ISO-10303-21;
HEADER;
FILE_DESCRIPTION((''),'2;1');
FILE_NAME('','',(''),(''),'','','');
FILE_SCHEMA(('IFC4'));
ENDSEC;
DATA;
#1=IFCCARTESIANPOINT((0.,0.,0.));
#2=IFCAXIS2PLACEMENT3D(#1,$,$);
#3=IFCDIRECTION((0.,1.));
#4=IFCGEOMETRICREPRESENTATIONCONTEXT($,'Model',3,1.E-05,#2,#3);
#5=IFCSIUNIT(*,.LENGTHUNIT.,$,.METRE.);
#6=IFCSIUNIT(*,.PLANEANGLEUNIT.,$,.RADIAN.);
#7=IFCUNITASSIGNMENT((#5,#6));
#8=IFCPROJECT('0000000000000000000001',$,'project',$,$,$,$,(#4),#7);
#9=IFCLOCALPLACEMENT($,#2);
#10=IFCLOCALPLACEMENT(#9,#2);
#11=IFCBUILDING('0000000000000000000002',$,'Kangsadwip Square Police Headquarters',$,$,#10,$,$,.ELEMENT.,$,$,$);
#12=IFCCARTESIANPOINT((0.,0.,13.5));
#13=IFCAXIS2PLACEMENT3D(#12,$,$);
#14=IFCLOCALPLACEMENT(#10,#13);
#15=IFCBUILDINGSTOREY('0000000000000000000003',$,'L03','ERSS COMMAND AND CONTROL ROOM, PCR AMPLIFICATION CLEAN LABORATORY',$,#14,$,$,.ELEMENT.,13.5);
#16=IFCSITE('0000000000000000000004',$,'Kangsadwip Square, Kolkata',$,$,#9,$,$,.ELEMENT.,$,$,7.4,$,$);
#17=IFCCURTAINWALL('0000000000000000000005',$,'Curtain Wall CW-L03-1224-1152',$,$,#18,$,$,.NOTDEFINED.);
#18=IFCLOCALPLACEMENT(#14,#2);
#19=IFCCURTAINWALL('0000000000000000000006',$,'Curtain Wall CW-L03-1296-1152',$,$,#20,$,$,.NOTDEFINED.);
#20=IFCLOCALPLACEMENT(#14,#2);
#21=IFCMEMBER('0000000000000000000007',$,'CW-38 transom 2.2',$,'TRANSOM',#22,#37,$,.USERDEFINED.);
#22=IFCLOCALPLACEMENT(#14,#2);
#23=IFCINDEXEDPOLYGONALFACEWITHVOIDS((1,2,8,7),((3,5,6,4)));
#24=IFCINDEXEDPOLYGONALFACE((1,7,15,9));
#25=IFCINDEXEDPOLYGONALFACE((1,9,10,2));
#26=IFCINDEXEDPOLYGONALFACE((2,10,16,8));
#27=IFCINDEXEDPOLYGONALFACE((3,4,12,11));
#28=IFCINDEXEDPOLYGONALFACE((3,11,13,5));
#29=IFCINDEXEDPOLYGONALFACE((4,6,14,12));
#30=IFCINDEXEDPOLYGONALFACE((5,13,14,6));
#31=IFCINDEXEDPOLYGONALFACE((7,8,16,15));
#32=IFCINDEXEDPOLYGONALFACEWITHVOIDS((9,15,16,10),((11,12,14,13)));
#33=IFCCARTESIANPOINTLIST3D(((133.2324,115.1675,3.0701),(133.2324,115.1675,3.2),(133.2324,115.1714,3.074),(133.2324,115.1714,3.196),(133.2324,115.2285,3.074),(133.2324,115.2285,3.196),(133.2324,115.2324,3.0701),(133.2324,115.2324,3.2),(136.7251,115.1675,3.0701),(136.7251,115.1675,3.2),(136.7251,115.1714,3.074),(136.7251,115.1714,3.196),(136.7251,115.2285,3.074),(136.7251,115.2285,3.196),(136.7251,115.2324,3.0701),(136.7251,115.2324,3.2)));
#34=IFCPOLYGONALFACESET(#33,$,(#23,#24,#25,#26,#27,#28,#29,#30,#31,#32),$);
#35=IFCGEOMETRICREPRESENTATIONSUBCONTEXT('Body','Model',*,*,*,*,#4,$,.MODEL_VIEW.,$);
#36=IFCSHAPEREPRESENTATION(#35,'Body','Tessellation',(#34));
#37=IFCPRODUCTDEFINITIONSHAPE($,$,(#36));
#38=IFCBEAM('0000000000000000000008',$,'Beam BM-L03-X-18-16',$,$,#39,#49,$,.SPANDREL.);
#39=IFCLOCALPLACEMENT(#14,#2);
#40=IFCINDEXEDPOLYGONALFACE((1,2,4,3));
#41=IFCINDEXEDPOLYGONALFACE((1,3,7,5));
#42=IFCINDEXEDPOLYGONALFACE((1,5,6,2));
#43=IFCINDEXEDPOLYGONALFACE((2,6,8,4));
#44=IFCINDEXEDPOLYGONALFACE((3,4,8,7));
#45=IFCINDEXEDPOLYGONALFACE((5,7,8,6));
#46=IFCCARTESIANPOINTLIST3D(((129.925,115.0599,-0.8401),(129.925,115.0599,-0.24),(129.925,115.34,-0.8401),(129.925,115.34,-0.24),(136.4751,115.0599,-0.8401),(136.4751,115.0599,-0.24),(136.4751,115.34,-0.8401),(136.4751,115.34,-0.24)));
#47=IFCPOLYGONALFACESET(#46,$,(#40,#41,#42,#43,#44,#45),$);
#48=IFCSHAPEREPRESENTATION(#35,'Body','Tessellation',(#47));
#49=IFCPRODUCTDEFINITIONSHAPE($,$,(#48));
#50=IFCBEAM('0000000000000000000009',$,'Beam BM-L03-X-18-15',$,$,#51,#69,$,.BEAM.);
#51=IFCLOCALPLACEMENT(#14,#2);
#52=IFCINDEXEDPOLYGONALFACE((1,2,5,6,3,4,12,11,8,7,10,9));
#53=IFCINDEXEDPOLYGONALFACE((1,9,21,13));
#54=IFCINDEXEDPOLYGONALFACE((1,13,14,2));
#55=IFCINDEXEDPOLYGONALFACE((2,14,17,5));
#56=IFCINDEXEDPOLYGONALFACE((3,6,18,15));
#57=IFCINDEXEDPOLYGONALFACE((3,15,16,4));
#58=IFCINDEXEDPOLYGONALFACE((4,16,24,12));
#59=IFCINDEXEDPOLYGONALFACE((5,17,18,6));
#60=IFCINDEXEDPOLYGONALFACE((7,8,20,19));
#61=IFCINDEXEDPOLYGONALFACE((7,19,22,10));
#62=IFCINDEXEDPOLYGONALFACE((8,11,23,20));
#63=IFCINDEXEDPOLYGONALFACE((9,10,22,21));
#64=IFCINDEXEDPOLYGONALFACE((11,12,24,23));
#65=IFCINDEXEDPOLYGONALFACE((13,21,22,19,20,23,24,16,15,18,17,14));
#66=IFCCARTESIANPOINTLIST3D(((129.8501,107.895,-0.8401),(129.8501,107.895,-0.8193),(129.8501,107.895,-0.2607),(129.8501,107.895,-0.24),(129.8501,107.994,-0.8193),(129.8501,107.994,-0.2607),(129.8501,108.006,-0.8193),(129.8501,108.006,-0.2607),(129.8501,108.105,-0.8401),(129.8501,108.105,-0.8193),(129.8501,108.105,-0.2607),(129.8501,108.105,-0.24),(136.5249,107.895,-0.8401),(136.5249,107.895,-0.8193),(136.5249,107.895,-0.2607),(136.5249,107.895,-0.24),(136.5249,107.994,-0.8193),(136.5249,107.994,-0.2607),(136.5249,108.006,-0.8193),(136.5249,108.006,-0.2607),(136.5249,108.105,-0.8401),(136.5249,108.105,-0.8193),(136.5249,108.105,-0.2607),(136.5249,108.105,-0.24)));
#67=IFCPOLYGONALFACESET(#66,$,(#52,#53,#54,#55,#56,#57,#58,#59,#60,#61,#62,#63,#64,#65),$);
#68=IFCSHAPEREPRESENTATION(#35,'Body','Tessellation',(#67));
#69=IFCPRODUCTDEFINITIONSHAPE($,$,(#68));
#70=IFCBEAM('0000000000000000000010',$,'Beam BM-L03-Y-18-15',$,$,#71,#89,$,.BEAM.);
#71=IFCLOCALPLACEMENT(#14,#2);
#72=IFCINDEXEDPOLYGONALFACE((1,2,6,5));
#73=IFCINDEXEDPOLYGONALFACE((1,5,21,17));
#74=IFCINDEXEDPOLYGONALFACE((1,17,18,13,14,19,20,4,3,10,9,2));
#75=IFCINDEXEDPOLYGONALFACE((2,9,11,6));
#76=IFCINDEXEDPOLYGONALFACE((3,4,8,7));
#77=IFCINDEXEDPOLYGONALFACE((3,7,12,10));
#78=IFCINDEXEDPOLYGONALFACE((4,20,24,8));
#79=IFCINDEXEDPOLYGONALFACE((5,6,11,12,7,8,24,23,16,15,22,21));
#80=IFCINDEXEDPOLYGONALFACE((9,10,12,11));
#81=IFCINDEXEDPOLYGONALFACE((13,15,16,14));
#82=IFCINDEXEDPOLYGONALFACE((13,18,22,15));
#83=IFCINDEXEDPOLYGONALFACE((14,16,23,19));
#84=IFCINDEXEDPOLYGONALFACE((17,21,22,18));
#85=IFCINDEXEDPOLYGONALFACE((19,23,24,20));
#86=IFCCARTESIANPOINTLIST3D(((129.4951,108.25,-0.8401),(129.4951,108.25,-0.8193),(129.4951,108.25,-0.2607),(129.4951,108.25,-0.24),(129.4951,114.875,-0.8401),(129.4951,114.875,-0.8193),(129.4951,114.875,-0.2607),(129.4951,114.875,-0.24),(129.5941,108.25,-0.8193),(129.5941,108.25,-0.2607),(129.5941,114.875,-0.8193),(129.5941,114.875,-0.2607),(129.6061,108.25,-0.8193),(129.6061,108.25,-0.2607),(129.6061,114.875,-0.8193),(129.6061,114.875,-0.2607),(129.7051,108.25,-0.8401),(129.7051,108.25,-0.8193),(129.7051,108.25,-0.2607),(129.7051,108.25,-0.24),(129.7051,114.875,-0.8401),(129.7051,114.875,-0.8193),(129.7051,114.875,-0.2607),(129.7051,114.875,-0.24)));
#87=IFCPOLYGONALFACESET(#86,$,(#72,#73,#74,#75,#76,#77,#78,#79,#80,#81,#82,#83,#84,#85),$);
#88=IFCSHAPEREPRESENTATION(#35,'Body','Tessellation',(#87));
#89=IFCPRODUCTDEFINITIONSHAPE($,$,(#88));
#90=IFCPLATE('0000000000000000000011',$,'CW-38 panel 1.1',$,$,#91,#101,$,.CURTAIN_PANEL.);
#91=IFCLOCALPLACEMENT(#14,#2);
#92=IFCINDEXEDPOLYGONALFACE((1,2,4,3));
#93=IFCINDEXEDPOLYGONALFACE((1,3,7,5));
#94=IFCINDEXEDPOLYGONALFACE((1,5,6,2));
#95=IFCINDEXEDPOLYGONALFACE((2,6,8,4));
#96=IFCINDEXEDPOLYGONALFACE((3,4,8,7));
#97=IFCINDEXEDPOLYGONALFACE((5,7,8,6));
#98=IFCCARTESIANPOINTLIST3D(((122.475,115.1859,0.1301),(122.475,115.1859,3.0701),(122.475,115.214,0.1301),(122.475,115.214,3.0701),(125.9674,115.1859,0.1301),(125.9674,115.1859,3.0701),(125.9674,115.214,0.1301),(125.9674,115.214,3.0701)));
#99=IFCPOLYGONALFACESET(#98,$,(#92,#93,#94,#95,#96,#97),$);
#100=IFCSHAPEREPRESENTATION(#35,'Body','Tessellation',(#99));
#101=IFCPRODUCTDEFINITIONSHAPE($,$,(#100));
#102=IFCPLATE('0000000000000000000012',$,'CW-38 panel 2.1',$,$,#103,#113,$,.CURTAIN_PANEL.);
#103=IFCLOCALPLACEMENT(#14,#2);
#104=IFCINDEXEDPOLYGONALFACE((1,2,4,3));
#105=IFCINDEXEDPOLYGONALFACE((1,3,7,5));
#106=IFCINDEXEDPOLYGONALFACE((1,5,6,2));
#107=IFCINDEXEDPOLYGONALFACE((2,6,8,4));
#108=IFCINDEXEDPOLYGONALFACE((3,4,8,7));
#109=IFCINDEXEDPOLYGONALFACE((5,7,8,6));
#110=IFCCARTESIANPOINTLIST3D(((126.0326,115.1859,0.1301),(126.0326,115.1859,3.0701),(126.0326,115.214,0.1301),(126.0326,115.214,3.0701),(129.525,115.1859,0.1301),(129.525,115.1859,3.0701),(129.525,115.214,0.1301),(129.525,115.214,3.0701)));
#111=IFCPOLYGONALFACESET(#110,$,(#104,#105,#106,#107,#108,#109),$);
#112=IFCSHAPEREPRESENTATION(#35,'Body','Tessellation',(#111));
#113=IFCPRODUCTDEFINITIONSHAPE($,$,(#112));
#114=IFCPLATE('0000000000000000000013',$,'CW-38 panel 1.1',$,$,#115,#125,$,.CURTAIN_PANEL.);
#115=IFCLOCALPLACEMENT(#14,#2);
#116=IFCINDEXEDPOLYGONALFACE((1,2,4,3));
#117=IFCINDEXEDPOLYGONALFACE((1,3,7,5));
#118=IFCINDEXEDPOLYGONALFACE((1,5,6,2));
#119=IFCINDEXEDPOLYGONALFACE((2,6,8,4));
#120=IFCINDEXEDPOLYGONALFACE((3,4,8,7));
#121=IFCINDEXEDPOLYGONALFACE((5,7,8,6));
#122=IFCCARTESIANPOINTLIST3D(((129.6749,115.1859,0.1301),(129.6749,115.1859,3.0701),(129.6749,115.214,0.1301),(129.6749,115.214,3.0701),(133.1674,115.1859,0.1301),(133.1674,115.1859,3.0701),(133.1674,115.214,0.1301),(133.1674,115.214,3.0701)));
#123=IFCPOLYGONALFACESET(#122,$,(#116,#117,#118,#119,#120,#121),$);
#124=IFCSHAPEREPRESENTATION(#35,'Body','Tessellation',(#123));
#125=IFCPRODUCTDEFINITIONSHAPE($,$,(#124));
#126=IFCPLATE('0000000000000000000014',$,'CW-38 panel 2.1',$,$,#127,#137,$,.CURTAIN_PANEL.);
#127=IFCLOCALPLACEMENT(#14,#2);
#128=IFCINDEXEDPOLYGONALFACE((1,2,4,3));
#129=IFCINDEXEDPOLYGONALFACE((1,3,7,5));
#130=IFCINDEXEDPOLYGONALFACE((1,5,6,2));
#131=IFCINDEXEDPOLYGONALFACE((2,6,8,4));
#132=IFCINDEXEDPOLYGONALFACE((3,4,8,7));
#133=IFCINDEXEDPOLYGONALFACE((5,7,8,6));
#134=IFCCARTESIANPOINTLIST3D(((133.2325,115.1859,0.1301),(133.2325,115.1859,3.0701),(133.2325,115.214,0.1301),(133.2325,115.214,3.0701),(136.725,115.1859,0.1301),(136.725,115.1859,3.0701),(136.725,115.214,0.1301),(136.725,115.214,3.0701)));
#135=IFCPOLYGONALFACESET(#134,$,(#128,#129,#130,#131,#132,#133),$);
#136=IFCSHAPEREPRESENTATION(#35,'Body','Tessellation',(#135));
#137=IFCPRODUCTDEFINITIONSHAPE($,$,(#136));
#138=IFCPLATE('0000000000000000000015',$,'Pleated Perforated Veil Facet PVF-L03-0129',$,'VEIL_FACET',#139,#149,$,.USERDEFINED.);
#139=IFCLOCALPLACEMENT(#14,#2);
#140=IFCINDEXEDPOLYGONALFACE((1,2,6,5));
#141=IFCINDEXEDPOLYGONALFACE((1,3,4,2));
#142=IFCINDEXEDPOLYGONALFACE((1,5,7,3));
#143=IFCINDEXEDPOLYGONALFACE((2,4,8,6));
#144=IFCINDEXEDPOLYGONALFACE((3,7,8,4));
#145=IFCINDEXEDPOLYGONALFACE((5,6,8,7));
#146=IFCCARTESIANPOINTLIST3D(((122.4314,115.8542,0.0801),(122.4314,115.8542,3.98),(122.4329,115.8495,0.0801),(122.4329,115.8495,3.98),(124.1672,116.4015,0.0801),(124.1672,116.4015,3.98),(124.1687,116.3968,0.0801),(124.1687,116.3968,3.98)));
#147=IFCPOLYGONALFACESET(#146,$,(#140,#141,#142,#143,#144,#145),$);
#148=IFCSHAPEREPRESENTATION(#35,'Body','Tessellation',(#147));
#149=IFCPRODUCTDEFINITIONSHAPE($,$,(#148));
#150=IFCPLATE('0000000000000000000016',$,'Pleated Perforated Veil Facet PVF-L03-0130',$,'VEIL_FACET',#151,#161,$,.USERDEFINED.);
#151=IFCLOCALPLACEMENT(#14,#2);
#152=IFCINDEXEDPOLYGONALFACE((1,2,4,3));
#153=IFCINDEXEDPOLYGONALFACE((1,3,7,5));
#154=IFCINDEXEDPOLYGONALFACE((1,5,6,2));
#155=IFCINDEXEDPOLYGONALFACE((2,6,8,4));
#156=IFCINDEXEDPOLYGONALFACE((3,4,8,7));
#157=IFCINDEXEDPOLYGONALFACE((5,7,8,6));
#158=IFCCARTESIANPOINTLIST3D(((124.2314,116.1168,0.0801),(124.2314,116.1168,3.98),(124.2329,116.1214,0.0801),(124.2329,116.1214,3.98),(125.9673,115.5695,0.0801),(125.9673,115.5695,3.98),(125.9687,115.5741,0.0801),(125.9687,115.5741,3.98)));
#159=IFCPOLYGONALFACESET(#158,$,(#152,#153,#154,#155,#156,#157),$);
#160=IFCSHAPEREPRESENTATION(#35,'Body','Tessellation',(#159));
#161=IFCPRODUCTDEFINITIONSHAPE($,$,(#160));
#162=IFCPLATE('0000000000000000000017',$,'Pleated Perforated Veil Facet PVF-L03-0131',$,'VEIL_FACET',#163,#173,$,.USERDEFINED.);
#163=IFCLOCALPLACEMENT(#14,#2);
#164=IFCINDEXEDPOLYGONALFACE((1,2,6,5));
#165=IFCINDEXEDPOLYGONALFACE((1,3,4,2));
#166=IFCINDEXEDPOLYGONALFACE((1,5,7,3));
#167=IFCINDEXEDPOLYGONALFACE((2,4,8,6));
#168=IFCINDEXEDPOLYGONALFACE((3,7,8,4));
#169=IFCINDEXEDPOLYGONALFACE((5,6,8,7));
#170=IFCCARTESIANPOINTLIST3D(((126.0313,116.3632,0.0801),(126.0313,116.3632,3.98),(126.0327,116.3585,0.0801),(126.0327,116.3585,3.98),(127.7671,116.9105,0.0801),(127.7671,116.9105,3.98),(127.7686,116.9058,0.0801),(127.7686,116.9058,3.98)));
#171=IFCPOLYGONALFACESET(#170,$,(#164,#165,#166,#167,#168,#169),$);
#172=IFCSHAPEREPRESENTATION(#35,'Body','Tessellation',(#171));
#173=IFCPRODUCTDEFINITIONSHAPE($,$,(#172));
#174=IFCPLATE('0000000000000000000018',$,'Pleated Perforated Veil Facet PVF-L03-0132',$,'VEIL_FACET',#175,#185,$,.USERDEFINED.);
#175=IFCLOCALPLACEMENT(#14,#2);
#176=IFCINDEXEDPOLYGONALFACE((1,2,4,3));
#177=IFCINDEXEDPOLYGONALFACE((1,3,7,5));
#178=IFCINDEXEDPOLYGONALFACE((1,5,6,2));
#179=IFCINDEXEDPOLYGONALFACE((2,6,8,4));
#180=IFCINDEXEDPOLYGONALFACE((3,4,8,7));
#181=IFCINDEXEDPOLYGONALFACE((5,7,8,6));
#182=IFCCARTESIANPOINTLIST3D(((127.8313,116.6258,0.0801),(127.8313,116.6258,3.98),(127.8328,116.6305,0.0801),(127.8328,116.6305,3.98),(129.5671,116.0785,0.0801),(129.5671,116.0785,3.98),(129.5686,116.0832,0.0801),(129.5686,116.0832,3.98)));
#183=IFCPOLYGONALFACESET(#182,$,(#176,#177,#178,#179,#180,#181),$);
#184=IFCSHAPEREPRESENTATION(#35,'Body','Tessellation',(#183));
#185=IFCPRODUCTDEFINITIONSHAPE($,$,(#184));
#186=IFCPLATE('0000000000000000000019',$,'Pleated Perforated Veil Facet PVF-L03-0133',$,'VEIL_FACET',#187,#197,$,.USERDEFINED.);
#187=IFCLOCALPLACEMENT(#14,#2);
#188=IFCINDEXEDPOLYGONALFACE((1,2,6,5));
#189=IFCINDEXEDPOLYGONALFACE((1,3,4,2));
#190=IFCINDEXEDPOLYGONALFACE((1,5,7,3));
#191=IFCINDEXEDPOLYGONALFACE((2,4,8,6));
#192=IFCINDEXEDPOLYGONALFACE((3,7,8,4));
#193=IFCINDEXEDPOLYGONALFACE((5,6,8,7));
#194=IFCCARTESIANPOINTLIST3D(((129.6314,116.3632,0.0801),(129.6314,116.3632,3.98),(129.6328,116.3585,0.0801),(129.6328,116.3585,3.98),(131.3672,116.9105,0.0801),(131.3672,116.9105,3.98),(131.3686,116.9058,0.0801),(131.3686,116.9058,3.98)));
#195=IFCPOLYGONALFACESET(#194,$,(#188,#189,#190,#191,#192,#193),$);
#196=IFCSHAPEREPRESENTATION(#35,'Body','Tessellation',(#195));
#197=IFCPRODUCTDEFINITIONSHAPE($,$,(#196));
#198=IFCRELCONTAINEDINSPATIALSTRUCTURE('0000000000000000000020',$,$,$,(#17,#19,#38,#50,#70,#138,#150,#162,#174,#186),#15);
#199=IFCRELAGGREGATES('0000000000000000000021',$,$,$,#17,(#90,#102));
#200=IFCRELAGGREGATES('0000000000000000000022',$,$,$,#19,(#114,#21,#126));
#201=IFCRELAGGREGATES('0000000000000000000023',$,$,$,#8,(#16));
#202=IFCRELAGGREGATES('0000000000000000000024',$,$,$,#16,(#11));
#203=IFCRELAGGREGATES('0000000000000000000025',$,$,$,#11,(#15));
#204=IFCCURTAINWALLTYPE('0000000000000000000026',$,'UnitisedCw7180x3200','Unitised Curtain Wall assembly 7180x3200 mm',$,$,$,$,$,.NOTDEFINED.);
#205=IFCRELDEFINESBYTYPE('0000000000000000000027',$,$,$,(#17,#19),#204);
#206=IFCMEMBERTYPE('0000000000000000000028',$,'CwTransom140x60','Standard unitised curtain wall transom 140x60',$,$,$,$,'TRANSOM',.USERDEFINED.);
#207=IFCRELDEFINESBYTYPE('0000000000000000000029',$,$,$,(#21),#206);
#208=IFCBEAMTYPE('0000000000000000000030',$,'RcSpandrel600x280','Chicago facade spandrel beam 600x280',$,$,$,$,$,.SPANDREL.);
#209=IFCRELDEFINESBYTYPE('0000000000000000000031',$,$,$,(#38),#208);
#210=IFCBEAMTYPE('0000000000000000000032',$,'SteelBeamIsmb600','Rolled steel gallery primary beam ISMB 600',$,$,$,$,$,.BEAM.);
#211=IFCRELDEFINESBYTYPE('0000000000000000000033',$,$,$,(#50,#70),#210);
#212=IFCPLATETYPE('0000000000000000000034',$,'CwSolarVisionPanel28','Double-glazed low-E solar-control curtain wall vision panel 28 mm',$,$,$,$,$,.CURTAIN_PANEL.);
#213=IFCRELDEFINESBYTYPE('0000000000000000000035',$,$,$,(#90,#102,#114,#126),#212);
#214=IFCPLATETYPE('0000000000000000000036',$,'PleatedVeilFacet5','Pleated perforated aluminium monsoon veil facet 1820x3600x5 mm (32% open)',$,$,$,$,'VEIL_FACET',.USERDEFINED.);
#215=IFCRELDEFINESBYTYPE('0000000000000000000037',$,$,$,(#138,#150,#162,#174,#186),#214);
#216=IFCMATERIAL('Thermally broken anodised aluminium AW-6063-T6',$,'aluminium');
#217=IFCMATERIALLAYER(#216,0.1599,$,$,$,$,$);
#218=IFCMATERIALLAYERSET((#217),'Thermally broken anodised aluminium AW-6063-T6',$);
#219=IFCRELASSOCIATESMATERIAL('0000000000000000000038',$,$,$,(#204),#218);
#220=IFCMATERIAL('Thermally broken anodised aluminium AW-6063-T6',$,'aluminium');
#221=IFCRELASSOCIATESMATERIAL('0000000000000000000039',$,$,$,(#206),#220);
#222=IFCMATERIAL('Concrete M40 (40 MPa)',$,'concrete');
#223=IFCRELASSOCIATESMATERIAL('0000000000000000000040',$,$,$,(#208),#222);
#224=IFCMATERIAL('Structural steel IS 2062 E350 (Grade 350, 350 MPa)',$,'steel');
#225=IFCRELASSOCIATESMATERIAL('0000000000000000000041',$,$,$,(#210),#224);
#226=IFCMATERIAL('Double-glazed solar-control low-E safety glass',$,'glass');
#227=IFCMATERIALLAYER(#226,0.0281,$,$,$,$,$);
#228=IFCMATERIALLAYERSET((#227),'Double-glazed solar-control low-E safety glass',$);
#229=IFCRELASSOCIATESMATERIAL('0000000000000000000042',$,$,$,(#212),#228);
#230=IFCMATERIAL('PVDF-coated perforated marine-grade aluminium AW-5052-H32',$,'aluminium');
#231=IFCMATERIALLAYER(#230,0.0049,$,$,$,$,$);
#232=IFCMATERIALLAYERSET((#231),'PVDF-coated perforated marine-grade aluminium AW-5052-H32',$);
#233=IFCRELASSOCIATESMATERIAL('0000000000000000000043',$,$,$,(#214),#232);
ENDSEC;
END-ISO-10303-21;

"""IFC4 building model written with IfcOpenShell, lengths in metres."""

from ifc_helpers import new_model, si_unit, direction, frame, origin, origin_2d, place, context, subcontext, project, spatial, rectangle, hollow_rectangle, i_section, extrude, material, layer, layer_set, material_profile, profile_set, type_object, element, aggregate, save


model = new_model("IFC4")

# Units and contexts
model_context = context("Model", 3, precision=1e-05, world=origin(), true_north=direction((0.0, 1.0)))
body_context = subcontext(model_context, "Body", "Model", "MODEL_VIEW")
ifc_project = project(units=[si_unit("LENGTHUNIT", "METRE"), si_unit("PLANEANGLEUNIT", "RADIAN")], contexts=[model_context])

# Site, building, storey
site_placement = place(None, origin())
site = spatial("IfcSite", under=ifc_project, at=site_placement, Name="Kangsadwip Square, Kolkata", CompositionType="ELEMENT", RefElevation=7.4)
building_placement = place(site_placement, origin())
building = spatial("IfcBuilding", under=site, at=building_placement, Name="Kangsadwip Square Police Headquarters", CompositionType="ELEMENT")
storey_placement = place(building_placement, frame((0.0, 0.0, 13.5)))
storey = spatial("IfcBuildingStorey", under=building, at=storey_placement, Name="L03", Description="ERSS COMMAND AND CONTROL ROOM, PCR AMPLIFICATION CLEAN LABORATORY", CompositionType="ELEMENT", Elevation=13.5)

# Curtain walls
ifc_material_1 = material(Name="Thermally broken anodised aluminium AW-6063-T6", Category="aluminium")
ifc_layer_1 = layer(ifc_material_1, 0.1599)
ifc_layer_set_1 = layer_set([ifc_layer_1], Name="Thermally broken anodised aluminium AW-6063-T6")
curtain_wall_type = type_object("IfcCurtainWallType", Name="UnitisedCw7180x3200", Description="Unitised Curtain Wall assembly 7180x3200 mm", PredefinedType="NOTDEFINED", material=ifc_layer_set_1)
curtain_wall_1_placement = place(storey_placement, origin())
curtain_wall_1 = element("IfcCurtainWall", 1, at=curtain_wall_1_placement, inside=storey, type_object=curtain_wall_type, Name="Curtain Wall CW-L03-1224-1152", PredefinedType="NOTDEFINED")
curtain_wall_2_placement = place(storey_placement, origin())
curtain_wall_2 = element("IfcCurtainWall", 2, at=curtain_wall_2_placement, inside=storey, type_object=curtain_wall_type, Name="Curtain Wall CW-L03-1296-1152", PredefinedType="NOTDEFINED")

# Member
ifc_material_2 = material(Name="Thermally broken anodised aluminium AW-6063-T6", Category="aluminium")
ifc_material_profile_1 = material_profile(ifc_material_2, hollow_rectangle(XDim=0.0649, YDim=0.1299, WallThickness=0.0039, at=origin_2d()), Name="CWT 130X65X4")
ifc_profile_set_1 = profile_set([ifc_material_profile_1], Name="Thermally broken anodised aluminium AW-6063-T6")
member_type_1 = type_object("IfcMemberType", Name="CwTransom140x60", Description="Standard unitised curtain wall transom 140x60", ElementType="TRANSOM", PredefinedType="USERDEFINED", material=ifc_profile_set_1)
member_1_placement = place(storey_placement, frame((133.2324, 115.2, 3.135), z_axis=(1.0, 0.0, 0.0), x_axis=(0.0, 1.0, 0.0)))
member_1 = element("IfcMember", 3, at=member_1_placement, type_object=member_type_1, Name="CW-38 transom 2.2", ObjectType="TRANSOM", PredefinedType="USERDEFINED", context=body_context, shape_type="SweptSolid", body=[
    extrude(hollow_rectangle(XDim=0.0649, YDim=0.1299, WallThickness=0.0039, at=origin_2d()), origin(), (0.0, 0.0, 1.0), 3.4927),
])

# Beams
ifc_material_3 = material(Name="Concrete M40 (40 MPa)", Category="concrete")
ifc_material_profile_2 = material_profile(ifc_material_3, rectangle(XDim=0.28, YDim=0.6001, at=origin_2d()), Name="RC SPN 600X280")
ifc_profile_set_2 = profile_set([ifc_material_profile_2], Name="Concrete M40 (40 MPa)")
beam_type_1 = type_object("IfcBeamType", Name="RcSpandrel600x280", Description="Chicago facade spandrel beam 600x280", PredefinedType="SPANDREL", material=ifc_profile_set_2)
beam_1_placement = place(storey_placement, frame((129.925, 115.2, -0.54), z_axis=(1.0, 0.0, 0.0), x_axis=(0.0, 1.0, 0.0)))
element("IfcBeam", 4, at=beam_1_placement, inside=storey, type_object=beam_type_1, Name="Beam BM-L03-X-18-16", PredefinedType="SPANDREL", context=body_context, shape_type="SweptSolid", body=[
    extrude(rectangle(XDim=0.28, YDim=0.6001, at=origin_2d()), origin(), (0.0, 0.0, 1.0), 6.55),
])
ifc_material_4 = material(Name="Structural steel IS 2062 E350 (Grade 350, 350 MPa)", Category="steel")
ifc_material_profile_3 = material_profile(ifc_material_4, i_section(OverallWidth=0.21, OverallDepth=0.6001, WebThickness=0.012, FlangeThickness=0.0208, at=origin_2d()), Name="ISMB 600")
ifc_profile_set_3 = profile_set([ifc_material_profile_3], Name="Structural steel IS 2062 E350 (Grade 350, 350 MPa)")
beam_type_2 = type_object("IfcBeamType", Name="SteelBeamIsmb600", Description="Rolled steel gallery primary beam ISMB 600", PredefinedType="BEAM", material=ifc_profile_set_3)
beam_2_placement = place(storey_placement, frame((129.8501, 108.0, -0.54), z_axis=(1.0, 0.0, 0.0), x_axis=(0.0, 1.0, 0.0)))
element("IfcBeam", 5, at=beam_2_placement, inside=storey, type_object=beam_type_2, Name="Beam BM-L03-X-18-15", PredefinedType="BEAM", context=body_context, shape_type="SweptSolid", body=[
    extrude(i_section(OverallWidth=0.21, OverallDepth=0.6001, WebThickness=0.012, FlangeThickness=0.0208, at=origin_2d()), origin(), (0.0, 0.0, 1.0), 6.6748),
])
beam_3_placement = place(storey_placement, frame((129.6001, 108.25, -0.54), z_axis=(0.0, 1.0, 0.0), x_axis=(-1.0, 0.0, 0.0)))
element("IfcBeam", 6, at=beam_3_placement, inside=storey, type_object=beam_type_2, Name="Beam BM-L03-Y-18-15", PredefinedType="BEAM", context=body_context, shape_type="SweptSolid", body=[
    extrude(i_section(OverallWidth=0.21, OverallDepth=0.6001, WebThickness=0.012, FlangeThickness=0.0208, at=origin_2d()), origin(), (0.0, 0.0, 1.0), 6.625),
])

# Plates
ifc_material_5 = material(Name="Double-glazed solar-control low-E safety glass", Category="glass")
ifc_layer_2 = layer(ifc_material_5, 0.0281)
ifc_layer_set_2 = layer_set([ifc_layer_2], Name="Double-glazed solar-control low-E safety glass")
plate_type_1 = type_object("IfcPlateType", Name="CwSolarVisionPanel28", Description="Double-glazed low-E solar-control curtain wall vision panel 28 mm", PredefinedType="CURTAIN_PANEL", material=ifc_layer_set_2)
plate_1_placement = place(storey_placement, frame((124.2212, 115.2, 0.1301), z_axis=(0.0, 0.0, 1.0), x_axis=(1.0, 0.0, 0.0)))
plate_1 = element("IfcPlate", 7, at=plate_1_placement, type_object=plate_type_1, Name="CW-38 panel 1.1", PredefinedType="CURTAIN_PANEL", context=body_context, shape_type="SweptSolid", body=[
    extrude(rectangle(XDim=3.4924, YDim=0.0281, at=origin_2d()), origin(), (0.0, 0.0, 1.0), 2.9399),
])
plate_2_placement = place(storey_placement, frame((127.7788, 115.2, 0.1301), z_axis=(0.0, 0.0, 1.0), x_axis=(1.0, 0.0, 0.0)))
plate_2 = element("IfcPlate", 8, at=plate_2_placement, type_object=plate_type_1, Name="CW-38 panel 2.1", PredefinedType="CURTAIN_PANEL", context=body_context, shape_type="SweptSolid", body=[
    extrude(rectangle(XDim=3.4924, YDim=0.0281, at=origin_2d()), origin(), (0.0, 0.0, 1.0), 2.9399),
])
aggregate(curtain_wall_1, [plate_1, plate_2])
plate_3_placement = place(storey_placement, frame((131.4211, 115.2, 0.1301), z_axis=(0.0, 0.0, 1.0), x_axis=(1.0, 0.0, 0.0)))
plate_3 = element("IfcPlate", 9, at=plate_3_placement, type_object=plate_type_1, Name="CW-38 panel 1.1", PredefinedType="CURTAIN_PANEL", context=body_context, shape_type="SweptSolid", body=[
    extrude(rectangle(XDim=3.4924, YDim=0.0281, at=origin_2d()), origin(), (0.0, 0.0, 1.0), 2.9399),
])
plate_4_placement = place(storey_placement, frame((134.9788, 115.2, 0.1301), z_axis=(0.0, 0.0, 1.0), x_axis=(1.0, 0.0, 0.0)))
plate_4 = element("IfcPlate", 10, at=plate_4_placement, type_object=plate_type_1, Name="CW-38 panel 2.1", PredefinedType="CURTAIN_PANEL", context=body_context, shape_type="SweptSolid", body=[
    extrude(rectangle(XDim=3.4924, YDim=0.0281, at=origin_2d()), origin(), (0.0, 0.0, 1.0), 2.9399),
])
aggregate(curtain_wall_2, [plate_3, member_1, plate_4])

# Plates
ifc_material_6 = material(Name="PVDF-coated perforated marine-grade aluminium AW-5052-H32", Category="aluminium")
ifc_layer_3 = layer(ifc_material_6, 0.0049)
ifc_layer_set_3 = layer_set([ifc_layer_3], Name="PVDF-coated perforated marine-grade aluminium AW-5052-H32")
plate_type_2 = type_object("IfcPlateType", Name="PleatedVeilFacet5", Description="Pleated perforated aluminium monsoon veil facet 1820x3600x5 mm (32% open)", ElementType="VEIL_FACET", PredefinedType="USERDEFINED", material=ifc_layer_set_3)
for number, where, z_axis, x_axis, name in (
    (11, (123.3, 116.1255, 0.0801), (0.0, 0.0, 1.0), (0.953717, 0.300706, 0.0), "Pleated Perforated Veil Facet PVF-L03-0129"),
    (12, (125.1001, 115.8455, 0.0801), (0.0, 0.0, 1.0), (0.953717, -0.300706, 0.0), "Pleated Perforated Veil Facet PVF-L03-0130"),
    (13, (126.8999, 116.6345, 0.0801), (0.0, 0.0, 1.0), (0.953717, 0.300706, 0.0), "Pleated Perforated Veil Facet PVF-L03-0131"),
    (14, (128.7, 116.3545, 0.0801), (0.0, 0.0, 1.0), (0.953717, -0.300706, 0.0), "Pleated Perforated Veil Facet PVF-L03-0132"),
    (15, (130.5, 116.6345, 0.0801), (0.0, 0.0, 1.0), (0.953717, 0.300706, 0.0), "Pleated Perforated Veil Facet PVF-L03-0133"),
):
    element("IfcPlate", number, at=place(storey_placement, frame(where, z_axis=z_axis, x_axis=x_axis)), inside=storey, type_object=plate_type_2, Name=name, ObjectType="VEIL_FACET", PredefinedType="USERDEFINED", context=body_context, shape_type="SweptSolid", body=[
        extrude(rectangle(XDim=1.8201, YDim=0.0049, at=origin_2d()), origin(), (0.0, 0.0, 1.0), 3.8999),
    ])

save(model, "model.ifc")
